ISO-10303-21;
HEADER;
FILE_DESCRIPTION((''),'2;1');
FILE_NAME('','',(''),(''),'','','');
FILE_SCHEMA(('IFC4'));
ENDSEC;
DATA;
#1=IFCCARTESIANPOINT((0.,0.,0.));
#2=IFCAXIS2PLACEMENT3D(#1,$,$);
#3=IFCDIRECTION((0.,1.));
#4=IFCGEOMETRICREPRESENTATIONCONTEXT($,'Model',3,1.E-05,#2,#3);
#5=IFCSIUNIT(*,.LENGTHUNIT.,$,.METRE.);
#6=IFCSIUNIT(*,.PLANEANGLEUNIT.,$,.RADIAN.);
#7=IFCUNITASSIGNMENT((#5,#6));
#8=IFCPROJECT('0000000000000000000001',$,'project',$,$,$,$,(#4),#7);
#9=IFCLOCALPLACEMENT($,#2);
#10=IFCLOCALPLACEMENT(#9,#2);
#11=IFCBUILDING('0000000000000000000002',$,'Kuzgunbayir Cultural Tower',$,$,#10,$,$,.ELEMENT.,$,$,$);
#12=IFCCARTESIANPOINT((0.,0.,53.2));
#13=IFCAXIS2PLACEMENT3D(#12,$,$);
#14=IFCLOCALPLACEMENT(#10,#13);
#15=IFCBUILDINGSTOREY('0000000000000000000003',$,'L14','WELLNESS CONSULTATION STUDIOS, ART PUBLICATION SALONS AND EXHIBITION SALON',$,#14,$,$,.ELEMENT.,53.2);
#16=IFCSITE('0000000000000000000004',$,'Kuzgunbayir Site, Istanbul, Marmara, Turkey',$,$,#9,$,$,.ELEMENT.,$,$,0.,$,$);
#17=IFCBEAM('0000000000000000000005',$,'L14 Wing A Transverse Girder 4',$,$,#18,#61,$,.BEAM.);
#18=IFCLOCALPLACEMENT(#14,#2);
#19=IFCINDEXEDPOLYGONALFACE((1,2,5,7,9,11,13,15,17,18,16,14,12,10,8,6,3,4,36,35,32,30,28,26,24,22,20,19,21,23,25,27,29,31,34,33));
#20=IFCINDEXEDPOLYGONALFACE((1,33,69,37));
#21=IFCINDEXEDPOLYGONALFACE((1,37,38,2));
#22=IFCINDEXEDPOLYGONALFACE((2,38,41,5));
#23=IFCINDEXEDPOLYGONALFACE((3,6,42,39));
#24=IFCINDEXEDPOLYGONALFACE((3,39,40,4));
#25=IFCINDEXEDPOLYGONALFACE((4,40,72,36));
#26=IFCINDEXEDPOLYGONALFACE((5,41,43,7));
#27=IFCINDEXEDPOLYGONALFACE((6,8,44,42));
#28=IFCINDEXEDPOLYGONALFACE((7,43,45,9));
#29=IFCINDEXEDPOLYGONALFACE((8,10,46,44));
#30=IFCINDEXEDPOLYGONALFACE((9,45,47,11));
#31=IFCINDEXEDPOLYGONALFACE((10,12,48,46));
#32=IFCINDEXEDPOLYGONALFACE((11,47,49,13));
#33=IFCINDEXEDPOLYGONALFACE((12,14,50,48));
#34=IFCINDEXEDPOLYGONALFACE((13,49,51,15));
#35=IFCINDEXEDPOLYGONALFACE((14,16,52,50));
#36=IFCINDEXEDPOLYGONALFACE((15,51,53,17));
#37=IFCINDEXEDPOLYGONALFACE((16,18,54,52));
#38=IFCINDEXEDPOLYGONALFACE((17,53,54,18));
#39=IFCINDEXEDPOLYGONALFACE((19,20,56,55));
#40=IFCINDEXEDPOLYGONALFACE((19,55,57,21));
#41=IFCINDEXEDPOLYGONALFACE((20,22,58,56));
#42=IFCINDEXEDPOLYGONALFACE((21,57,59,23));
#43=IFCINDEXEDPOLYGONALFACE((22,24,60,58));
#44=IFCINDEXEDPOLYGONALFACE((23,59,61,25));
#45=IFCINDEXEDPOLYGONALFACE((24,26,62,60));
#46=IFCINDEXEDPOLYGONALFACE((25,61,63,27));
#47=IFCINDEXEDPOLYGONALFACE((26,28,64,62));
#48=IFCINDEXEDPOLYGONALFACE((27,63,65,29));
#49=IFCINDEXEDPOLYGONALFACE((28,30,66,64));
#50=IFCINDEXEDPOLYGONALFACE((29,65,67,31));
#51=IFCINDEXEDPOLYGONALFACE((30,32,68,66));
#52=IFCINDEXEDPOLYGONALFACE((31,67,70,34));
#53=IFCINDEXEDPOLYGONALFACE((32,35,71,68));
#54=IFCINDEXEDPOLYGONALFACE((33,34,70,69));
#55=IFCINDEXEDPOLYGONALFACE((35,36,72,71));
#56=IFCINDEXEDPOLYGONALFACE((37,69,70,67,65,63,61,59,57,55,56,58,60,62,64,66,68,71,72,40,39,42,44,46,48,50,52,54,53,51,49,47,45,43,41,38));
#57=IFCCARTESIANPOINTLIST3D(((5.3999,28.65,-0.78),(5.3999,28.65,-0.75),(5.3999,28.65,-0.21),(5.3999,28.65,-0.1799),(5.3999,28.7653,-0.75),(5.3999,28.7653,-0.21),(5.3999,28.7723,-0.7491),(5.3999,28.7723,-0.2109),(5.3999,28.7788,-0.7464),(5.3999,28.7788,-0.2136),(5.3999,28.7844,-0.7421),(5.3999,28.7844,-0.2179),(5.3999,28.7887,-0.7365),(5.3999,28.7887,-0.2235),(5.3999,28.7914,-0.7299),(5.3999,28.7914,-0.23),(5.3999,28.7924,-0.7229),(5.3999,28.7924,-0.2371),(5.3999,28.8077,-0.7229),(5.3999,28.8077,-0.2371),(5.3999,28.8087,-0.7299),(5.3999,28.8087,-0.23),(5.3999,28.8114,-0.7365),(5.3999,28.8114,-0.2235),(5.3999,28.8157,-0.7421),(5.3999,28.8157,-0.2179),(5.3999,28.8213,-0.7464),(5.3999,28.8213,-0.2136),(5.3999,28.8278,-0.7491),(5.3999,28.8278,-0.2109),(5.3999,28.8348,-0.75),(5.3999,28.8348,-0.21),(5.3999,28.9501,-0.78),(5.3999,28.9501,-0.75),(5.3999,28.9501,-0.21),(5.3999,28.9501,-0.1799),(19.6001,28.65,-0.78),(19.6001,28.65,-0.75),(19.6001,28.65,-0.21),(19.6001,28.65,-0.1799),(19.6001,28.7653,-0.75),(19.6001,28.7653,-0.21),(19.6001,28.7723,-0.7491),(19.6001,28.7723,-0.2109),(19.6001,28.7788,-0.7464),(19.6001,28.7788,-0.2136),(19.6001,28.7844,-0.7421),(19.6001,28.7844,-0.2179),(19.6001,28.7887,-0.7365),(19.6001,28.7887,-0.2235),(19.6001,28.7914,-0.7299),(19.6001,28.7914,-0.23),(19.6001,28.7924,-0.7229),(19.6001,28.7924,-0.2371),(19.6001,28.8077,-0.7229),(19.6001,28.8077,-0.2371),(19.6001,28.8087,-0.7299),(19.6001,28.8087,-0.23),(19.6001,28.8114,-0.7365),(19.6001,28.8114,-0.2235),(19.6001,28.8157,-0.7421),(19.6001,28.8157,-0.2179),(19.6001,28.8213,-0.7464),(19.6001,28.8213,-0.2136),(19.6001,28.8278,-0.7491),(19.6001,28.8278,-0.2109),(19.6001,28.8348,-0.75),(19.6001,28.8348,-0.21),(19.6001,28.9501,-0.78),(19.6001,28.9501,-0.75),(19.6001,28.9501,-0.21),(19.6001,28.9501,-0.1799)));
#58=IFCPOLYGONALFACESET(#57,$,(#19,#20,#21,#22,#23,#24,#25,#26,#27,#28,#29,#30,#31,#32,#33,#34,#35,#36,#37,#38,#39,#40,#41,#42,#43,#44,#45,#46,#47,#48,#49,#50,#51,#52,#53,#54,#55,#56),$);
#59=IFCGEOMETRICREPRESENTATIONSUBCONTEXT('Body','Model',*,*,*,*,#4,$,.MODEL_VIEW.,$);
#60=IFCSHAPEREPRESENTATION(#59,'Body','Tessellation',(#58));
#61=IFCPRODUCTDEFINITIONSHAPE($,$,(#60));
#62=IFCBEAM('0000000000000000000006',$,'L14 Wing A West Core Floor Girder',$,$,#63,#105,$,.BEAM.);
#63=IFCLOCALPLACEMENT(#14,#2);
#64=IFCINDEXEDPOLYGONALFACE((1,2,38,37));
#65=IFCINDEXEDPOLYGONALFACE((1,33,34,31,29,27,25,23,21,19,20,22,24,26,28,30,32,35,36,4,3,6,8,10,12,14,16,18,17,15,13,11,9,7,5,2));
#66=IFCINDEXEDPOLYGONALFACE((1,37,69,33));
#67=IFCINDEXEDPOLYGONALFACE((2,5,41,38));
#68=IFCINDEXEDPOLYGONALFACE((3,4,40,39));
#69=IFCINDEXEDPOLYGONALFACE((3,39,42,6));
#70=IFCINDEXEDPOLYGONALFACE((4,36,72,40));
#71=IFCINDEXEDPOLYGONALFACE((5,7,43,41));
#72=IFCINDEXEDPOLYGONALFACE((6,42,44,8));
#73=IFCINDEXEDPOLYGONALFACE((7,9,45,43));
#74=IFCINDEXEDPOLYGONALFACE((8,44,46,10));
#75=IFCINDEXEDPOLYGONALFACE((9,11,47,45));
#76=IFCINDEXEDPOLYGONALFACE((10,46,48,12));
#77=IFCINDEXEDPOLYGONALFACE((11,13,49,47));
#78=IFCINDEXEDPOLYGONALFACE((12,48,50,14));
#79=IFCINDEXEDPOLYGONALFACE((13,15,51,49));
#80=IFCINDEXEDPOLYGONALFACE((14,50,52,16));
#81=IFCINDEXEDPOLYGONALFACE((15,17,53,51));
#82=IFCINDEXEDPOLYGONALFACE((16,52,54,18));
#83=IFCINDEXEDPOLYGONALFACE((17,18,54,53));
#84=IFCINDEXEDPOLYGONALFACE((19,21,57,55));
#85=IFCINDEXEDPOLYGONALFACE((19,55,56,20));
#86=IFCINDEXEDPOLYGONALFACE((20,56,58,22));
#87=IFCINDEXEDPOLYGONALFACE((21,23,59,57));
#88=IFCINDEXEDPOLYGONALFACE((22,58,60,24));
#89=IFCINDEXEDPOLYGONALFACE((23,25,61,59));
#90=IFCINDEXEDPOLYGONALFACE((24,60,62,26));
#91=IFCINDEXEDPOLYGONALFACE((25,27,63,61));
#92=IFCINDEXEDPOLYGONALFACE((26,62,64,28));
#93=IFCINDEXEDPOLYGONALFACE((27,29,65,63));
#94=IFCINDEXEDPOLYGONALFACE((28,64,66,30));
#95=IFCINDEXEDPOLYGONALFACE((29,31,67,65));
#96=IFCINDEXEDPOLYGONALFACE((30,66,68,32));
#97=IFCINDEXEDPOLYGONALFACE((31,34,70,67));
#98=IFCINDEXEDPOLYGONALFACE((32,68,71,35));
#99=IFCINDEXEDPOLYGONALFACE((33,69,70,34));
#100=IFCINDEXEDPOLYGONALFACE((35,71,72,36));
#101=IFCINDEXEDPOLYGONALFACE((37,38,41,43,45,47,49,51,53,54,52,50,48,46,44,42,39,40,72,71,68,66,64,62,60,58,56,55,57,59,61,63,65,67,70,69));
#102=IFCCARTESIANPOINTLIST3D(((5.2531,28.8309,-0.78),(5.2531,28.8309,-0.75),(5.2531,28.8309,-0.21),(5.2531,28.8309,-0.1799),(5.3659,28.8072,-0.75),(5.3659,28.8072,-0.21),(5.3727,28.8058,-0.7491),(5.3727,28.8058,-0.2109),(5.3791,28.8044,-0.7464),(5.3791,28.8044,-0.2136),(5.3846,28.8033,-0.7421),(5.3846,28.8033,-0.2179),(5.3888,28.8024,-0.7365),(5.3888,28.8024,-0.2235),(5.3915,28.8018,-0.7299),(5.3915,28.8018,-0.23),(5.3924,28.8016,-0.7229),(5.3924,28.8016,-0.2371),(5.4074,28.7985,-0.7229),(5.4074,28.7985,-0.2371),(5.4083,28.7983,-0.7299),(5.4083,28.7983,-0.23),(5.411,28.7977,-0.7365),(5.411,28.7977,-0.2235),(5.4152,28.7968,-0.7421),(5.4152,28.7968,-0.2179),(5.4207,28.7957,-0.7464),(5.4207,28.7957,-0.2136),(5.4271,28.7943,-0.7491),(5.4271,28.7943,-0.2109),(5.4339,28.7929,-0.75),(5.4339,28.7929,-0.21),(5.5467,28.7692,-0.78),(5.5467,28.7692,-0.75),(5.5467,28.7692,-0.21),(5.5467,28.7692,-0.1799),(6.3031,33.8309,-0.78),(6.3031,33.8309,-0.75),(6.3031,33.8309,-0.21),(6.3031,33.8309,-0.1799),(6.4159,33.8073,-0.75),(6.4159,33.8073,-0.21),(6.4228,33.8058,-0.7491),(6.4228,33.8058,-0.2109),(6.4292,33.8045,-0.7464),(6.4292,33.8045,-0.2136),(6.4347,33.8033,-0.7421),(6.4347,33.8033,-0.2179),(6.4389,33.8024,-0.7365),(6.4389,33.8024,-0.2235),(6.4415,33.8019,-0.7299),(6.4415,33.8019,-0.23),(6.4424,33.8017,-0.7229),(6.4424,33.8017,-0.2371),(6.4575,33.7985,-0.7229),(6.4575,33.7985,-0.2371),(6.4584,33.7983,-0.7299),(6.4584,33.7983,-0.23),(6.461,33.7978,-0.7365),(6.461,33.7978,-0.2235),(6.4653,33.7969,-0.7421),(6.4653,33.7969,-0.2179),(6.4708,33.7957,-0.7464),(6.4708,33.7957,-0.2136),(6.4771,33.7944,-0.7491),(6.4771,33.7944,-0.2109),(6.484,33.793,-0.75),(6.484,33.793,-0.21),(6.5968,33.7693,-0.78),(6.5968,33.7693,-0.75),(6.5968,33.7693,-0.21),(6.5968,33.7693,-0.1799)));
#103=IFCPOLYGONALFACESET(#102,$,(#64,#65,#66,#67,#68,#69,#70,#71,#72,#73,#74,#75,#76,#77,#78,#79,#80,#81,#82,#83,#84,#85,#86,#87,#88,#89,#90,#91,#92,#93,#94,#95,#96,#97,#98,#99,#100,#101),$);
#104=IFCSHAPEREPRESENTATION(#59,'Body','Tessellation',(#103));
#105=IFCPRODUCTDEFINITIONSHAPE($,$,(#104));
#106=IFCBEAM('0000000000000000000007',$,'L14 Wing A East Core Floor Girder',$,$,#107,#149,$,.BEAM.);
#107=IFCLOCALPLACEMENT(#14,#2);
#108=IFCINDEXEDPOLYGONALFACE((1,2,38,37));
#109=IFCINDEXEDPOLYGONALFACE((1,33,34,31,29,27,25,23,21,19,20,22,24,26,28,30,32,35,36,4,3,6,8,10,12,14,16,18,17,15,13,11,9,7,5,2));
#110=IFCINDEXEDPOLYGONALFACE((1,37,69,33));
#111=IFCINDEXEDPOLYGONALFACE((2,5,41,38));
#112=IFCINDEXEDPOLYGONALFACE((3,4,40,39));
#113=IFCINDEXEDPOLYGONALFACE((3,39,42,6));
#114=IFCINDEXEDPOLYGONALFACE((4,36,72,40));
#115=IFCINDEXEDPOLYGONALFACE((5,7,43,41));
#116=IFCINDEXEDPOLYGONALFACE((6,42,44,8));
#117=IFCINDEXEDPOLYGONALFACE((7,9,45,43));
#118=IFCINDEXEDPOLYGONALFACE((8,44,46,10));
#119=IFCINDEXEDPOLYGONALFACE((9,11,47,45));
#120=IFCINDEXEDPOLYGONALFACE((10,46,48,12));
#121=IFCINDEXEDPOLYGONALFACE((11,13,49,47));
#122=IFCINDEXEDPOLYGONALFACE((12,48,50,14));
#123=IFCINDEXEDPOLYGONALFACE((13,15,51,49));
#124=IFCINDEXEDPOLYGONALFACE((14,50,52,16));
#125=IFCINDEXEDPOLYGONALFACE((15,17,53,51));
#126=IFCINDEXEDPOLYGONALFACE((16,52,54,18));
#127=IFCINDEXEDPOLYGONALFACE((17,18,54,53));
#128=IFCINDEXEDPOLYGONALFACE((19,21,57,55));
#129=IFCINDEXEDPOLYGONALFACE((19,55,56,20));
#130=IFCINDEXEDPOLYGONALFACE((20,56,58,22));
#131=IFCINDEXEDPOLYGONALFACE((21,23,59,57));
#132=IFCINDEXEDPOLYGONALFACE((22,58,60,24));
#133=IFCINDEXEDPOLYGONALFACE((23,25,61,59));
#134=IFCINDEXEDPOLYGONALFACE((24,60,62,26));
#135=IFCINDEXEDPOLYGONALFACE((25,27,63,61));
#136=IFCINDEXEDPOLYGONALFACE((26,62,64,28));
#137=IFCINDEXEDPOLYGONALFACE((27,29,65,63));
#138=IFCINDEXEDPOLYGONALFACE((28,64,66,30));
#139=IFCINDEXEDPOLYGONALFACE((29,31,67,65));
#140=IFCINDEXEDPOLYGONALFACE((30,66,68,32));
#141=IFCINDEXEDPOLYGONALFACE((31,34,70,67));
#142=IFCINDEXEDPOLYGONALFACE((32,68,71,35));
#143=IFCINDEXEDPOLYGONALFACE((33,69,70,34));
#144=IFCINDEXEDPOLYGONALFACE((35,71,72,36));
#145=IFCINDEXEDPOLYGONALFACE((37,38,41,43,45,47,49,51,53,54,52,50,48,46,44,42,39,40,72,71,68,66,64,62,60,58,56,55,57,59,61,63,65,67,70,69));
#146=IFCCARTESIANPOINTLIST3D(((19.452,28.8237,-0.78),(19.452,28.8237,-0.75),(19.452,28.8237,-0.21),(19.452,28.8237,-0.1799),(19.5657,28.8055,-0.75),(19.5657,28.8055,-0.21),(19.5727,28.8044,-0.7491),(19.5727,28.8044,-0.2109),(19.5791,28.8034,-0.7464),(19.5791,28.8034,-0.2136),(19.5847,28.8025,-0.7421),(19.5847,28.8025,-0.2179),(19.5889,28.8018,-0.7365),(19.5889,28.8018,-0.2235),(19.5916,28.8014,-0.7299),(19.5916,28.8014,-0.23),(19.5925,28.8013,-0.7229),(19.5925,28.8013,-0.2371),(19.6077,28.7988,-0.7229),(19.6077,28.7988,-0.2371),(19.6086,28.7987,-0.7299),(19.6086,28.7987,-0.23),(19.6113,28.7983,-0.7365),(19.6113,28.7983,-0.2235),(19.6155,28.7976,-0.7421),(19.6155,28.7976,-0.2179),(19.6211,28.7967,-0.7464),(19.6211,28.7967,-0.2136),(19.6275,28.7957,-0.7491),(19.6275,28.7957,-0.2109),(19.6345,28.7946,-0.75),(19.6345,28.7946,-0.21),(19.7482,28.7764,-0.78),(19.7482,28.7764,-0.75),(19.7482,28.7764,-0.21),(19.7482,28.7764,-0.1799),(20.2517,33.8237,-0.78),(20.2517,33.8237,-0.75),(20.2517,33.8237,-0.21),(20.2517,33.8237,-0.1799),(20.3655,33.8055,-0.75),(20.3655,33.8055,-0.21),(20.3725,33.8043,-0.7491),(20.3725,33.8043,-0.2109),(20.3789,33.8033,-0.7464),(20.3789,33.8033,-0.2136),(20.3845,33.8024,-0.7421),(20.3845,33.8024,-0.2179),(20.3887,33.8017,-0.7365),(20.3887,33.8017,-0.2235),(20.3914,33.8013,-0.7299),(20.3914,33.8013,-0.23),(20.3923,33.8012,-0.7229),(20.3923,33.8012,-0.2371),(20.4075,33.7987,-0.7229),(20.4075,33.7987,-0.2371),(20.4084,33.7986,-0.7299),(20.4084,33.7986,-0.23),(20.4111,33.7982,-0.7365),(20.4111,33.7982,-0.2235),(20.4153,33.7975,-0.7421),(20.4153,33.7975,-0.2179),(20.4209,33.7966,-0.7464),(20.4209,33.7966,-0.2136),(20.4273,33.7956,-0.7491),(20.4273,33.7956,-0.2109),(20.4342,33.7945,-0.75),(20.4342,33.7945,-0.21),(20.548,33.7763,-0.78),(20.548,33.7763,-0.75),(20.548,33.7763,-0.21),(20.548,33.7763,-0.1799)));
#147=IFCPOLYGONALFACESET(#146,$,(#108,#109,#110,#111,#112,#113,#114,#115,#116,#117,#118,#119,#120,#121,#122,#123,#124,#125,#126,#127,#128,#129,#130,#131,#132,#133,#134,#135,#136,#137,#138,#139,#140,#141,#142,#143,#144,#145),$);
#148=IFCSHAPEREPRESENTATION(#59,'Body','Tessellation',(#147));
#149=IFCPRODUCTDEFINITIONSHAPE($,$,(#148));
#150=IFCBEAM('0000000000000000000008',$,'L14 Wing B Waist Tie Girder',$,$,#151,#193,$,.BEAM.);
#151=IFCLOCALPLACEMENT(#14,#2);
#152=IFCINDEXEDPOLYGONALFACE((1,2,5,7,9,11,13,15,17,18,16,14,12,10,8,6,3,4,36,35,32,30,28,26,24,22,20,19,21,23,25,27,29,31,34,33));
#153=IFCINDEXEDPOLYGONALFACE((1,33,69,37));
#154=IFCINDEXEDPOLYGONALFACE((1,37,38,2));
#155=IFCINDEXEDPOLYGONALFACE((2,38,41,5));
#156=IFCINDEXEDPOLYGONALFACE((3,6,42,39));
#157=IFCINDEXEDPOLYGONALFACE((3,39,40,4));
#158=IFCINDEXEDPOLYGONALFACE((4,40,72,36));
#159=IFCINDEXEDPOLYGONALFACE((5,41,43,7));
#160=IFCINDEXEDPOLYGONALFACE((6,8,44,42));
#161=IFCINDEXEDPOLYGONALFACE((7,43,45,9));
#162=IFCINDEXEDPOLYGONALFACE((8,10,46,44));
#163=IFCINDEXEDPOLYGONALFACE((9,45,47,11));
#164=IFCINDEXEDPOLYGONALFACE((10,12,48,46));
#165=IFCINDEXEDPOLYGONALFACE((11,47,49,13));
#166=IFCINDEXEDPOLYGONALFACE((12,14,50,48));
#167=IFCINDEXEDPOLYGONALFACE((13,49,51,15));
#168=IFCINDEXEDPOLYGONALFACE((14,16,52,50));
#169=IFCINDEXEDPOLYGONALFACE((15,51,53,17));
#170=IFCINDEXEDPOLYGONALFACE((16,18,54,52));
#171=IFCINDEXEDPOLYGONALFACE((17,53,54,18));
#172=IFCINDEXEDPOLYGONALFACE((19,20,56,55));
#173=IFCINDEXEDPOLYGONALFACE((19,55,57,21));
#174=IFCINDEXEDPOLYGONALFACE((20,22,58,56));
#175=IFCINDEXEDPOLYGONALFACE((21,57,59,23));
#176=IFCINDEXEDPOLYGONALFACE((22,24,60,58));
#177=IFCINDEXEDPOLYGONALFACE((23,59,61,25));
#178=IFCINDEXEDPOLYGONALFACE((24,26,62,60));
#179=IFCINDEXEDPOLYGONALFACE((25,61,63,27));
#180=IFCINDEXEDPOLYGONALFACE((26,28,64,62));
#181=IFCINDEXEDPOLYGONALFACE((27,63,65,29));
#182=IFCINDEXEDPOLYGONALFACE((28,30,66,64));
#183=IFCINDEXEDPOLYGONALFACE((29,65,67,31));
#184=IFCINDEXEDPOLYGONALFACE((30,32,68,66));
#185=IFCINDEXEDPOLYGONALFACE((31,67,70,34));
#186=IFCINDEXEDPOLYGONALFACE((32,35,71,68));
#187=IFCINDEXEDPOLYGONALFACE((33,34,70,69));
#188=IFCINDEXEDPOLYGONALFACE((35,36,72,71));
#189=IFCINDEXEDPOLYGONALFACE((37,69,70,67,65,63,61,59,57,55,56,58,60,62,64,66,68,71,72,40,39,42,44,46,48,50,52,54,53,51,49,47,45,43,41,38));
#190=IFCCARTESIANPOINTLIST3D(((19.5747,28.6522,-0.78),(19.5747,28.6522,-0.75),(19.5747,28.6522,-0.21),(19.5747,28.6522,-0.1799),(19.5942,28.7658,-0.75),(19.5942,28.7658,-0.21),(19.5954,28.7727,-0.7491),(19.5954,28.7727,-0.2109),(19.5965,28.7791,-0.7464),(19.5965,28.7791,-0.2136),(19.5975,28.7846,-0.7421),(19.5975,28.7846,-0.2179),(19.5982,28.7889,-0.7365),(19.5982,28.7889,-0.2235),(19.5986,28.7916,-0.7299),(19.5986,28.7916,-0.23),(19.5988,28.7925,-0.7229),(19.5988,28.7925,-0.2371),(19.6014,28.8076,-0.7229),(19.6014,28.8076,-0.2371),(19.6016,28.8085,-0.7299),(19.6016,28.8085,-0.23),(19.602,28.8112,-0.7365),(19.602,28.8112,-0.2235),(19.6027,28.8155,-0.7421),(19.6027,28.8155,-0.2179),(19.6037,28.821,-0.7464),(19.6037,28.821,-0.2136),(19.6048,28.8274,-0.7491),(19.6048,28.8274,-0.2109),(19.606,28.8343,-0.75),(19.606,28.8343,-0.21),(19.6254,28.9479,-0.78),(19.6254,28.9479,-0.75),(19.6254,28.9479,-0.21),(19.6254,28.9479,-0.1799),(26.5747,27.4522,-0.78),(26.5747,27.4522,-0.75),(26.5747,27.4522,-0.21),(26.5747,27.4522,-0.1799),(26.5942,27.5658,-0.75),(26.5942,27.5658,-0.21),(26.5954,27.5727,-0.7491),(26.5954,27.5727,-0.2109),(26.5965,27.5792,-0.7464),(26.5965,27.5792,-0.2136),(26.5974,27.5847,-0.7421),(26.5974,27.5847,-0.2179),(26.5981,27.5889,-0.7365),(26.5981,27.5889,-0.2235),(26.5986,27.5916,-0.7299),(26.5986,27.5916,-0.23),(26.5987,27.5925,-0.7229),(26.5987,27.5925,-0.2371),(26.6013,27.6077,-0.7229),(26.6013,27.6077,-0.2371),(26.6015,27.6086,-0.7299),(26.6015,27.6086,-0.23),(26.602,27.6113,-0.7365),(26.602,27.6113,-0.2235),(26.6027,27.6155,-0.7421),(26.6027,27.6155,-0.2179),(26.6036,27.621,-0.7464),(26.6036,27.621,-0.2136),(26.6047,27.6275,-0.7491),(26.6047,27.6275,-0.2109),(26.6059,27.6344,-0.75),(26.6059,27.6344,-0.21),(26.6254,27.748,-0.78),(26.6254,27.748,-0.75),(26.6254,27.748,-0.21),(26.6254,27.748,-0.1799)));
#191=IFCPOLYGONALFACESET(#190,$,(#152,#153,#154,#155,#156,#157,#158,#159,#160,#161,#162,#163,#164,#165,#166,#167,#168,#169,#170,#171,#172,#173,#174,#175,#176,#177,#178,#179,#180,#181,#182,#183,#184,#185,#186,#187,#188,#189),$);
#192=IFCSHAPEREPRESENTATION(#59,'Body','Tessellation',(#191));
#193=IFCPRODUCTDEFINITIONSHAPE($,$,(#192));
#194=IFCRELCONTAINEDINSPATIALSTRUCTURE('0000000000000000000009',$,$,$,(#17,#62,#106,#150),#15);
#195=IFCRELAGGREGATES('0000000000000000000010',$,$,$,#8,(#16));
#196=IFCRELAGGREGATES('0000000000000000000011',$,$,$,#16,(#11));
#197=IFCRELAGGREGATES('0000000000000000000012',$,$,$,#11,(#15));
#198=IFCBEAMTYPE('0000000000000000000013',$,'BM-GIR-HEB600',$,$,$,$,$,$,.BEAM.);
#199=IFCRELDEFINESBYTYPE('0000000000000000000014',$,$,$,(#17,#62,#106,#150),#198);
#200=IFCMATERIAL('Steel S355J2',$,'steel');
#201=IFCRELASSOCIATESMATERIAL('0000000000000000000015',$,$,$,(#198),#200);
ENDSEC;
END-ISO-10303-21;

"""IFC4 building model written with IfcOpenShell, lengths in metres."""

from ifc_helpers import new_model, si_unit, direction, frame, origin, origin_2d, place, context, subcontext, project, spatial, i_section, extrude, material, material_profile, profile_set, type_object, element, save


model = new_model("IFC4")

# Units and contexts
model_context = context("Model", 3, precision=1e-05, world=origin(), true_north=direction((0.0, 1.0)))
body_context = subcontext(model_context, "Body", "Model", "MODEL_VIEW")
ifc_project = project(units=[si_unit("LENGTHUNIT", "METRE"), si_unit("PLANEANGLEUNIT", "RADIAN")], contexts=[model_context])

# Site, building, storey
site_placement = place(None, origin())
site = spatial("IfcSite", under=ifc_project, at=site_placement, Name="Kuzgunbayir Site, Istanbul, Marmara, Turkey", CompositionType="ELEMENT", RefElevation=0.0)
building_placement = place(site_placement, origin())
building = spatial("IfcBuilding", under=site, at=building_placement, Name="Kuzgunbayir Cultural Tower", CompositionType="ELEMENT")
storey_placement = place(building_placement, frame((0.0, 0.0, 53.2)))
storey = spatial("IfcBuildingStorey", under=building, at=storey_placement, Name="L14", Description="WELLNESS CONSULTATION STUDIOS, ART PUBLICATION SALONS AND EXHIBITION SALON", CompositionType="ELEMENT", Elevation=53.2)

# Beams
ifc_material_1 = material(Name="Steel S355J2", Category="steel")
ifc_material_profile_1 = material_profile(ifc_material_1, i_section(OverallWidth=0.3, OverallDepth=0.6001, WebThickness=0.0154, FlangeThickness=0.03, FilletRadius=0.0271, at=origin_2d()), Name="HEB 600")
ifc_profile_set_1 = profile_set([ifc_material_profile_1], Name="Steel S355J2")
beam_type_1 = type_object("IfcBeamType", Name="BM-GIR-HEB600", PredefinedType="BEAM", material=ifc_profile_set_1)
beam_1_placement = place(storey_placement, frame((5.3999, 28.8, -0.48), z_axis=(1.0, 0.0, 0.0), x_axis=(0.0, 1.0, 0.0)))
element("IfcBeam", 1, at=beam_1_placement, inside=storey, type_object=beam_type_1, Name="L14 Wing A Transverse Girder 4", PredefinedType="BEAM", context=body_context, shape_type="SweptSolid", body=[
    extrude(i_section(OverallWidth=0.3, OverallDepth=0.6001, WebThickness=0.0154, FlangeThickness=0.03, FilletRadius=0.0271, at=origin_2d()), origin(), (0.0, 0.0, 1.0), 14.2002),
])
beam_2_placement = place(storey_placement, frame((5.3999, 28.8, -0.48), z_axis=(0.205526, 0.978652, 0.0), x_axis=(-0.978652, 0.205526, 0.0)))
element("IfcBeam", 2, at=beam_2_placement, inside=storey, type_object=beam_type_1, Name="L14 Wing A West Core Floor Girder", PredefinedType="BEAM", context=body_context, shape_type="SweptSolid", body=[
    extrude(i_section(OverallWidth=0.3, OverallDepth=0.6001, WebThickness=0.0154, FlangeThickness=0.03, FilletRadius=0.0271, at=origin_2d()), origin(), (0.0, 0.0, 1.0), 5.1091),
])
beam_3_placement = place(storey_placement, frame((19.6001, 28.8, -0.48), z_axis=(0.157953, 0.987447, 0.0), x_axis=(-0.987447, 0.157953, 0.0)))
element("IfcBeam", 3, at=beam_3_placement, inside=storey, type_object=beam_type_1, Name="L14 Wing A East Core Floor Girder", PredefinedType="BEAM", context=body_context, shape_type="SweptSolid", body=[
    extrude(i_section(OverallWidth=0.3, OverallDepth=0.6001, WebThickness=0.0154, FlangeThickness=0.03, FilletRadius=0.0271, at=origin_2d()), origin(), (0.0, 0.0, 1.0), 5.0635),
])
beam_4_placement = place(storey_placement, frame((19.6001, 28.8, -0.48), z_axis=(0.985623, -0.168957, 0.0), x_axis=(0.168957, 0.985623, 0.0)))
element("IfcBeam", 4, at=beam_4_placement, inside=storey, type_object=beam_type_1, Name="L14 Wing B Waist Tie Girder", PredefinedType="BEAM", context=body_context, shape_type="SweptSolid", body=[
    extrude(i_section(OverallWidth=0.3, OverallDepth=0.6001, WebThickness=0.0154, FlangeThickness=0.03, FilletRadius=0.0271, at=origin_2d()), origin(), (0.0, 0.0, 1.0), 7.1021),
])

save(model, "model.ifc")
